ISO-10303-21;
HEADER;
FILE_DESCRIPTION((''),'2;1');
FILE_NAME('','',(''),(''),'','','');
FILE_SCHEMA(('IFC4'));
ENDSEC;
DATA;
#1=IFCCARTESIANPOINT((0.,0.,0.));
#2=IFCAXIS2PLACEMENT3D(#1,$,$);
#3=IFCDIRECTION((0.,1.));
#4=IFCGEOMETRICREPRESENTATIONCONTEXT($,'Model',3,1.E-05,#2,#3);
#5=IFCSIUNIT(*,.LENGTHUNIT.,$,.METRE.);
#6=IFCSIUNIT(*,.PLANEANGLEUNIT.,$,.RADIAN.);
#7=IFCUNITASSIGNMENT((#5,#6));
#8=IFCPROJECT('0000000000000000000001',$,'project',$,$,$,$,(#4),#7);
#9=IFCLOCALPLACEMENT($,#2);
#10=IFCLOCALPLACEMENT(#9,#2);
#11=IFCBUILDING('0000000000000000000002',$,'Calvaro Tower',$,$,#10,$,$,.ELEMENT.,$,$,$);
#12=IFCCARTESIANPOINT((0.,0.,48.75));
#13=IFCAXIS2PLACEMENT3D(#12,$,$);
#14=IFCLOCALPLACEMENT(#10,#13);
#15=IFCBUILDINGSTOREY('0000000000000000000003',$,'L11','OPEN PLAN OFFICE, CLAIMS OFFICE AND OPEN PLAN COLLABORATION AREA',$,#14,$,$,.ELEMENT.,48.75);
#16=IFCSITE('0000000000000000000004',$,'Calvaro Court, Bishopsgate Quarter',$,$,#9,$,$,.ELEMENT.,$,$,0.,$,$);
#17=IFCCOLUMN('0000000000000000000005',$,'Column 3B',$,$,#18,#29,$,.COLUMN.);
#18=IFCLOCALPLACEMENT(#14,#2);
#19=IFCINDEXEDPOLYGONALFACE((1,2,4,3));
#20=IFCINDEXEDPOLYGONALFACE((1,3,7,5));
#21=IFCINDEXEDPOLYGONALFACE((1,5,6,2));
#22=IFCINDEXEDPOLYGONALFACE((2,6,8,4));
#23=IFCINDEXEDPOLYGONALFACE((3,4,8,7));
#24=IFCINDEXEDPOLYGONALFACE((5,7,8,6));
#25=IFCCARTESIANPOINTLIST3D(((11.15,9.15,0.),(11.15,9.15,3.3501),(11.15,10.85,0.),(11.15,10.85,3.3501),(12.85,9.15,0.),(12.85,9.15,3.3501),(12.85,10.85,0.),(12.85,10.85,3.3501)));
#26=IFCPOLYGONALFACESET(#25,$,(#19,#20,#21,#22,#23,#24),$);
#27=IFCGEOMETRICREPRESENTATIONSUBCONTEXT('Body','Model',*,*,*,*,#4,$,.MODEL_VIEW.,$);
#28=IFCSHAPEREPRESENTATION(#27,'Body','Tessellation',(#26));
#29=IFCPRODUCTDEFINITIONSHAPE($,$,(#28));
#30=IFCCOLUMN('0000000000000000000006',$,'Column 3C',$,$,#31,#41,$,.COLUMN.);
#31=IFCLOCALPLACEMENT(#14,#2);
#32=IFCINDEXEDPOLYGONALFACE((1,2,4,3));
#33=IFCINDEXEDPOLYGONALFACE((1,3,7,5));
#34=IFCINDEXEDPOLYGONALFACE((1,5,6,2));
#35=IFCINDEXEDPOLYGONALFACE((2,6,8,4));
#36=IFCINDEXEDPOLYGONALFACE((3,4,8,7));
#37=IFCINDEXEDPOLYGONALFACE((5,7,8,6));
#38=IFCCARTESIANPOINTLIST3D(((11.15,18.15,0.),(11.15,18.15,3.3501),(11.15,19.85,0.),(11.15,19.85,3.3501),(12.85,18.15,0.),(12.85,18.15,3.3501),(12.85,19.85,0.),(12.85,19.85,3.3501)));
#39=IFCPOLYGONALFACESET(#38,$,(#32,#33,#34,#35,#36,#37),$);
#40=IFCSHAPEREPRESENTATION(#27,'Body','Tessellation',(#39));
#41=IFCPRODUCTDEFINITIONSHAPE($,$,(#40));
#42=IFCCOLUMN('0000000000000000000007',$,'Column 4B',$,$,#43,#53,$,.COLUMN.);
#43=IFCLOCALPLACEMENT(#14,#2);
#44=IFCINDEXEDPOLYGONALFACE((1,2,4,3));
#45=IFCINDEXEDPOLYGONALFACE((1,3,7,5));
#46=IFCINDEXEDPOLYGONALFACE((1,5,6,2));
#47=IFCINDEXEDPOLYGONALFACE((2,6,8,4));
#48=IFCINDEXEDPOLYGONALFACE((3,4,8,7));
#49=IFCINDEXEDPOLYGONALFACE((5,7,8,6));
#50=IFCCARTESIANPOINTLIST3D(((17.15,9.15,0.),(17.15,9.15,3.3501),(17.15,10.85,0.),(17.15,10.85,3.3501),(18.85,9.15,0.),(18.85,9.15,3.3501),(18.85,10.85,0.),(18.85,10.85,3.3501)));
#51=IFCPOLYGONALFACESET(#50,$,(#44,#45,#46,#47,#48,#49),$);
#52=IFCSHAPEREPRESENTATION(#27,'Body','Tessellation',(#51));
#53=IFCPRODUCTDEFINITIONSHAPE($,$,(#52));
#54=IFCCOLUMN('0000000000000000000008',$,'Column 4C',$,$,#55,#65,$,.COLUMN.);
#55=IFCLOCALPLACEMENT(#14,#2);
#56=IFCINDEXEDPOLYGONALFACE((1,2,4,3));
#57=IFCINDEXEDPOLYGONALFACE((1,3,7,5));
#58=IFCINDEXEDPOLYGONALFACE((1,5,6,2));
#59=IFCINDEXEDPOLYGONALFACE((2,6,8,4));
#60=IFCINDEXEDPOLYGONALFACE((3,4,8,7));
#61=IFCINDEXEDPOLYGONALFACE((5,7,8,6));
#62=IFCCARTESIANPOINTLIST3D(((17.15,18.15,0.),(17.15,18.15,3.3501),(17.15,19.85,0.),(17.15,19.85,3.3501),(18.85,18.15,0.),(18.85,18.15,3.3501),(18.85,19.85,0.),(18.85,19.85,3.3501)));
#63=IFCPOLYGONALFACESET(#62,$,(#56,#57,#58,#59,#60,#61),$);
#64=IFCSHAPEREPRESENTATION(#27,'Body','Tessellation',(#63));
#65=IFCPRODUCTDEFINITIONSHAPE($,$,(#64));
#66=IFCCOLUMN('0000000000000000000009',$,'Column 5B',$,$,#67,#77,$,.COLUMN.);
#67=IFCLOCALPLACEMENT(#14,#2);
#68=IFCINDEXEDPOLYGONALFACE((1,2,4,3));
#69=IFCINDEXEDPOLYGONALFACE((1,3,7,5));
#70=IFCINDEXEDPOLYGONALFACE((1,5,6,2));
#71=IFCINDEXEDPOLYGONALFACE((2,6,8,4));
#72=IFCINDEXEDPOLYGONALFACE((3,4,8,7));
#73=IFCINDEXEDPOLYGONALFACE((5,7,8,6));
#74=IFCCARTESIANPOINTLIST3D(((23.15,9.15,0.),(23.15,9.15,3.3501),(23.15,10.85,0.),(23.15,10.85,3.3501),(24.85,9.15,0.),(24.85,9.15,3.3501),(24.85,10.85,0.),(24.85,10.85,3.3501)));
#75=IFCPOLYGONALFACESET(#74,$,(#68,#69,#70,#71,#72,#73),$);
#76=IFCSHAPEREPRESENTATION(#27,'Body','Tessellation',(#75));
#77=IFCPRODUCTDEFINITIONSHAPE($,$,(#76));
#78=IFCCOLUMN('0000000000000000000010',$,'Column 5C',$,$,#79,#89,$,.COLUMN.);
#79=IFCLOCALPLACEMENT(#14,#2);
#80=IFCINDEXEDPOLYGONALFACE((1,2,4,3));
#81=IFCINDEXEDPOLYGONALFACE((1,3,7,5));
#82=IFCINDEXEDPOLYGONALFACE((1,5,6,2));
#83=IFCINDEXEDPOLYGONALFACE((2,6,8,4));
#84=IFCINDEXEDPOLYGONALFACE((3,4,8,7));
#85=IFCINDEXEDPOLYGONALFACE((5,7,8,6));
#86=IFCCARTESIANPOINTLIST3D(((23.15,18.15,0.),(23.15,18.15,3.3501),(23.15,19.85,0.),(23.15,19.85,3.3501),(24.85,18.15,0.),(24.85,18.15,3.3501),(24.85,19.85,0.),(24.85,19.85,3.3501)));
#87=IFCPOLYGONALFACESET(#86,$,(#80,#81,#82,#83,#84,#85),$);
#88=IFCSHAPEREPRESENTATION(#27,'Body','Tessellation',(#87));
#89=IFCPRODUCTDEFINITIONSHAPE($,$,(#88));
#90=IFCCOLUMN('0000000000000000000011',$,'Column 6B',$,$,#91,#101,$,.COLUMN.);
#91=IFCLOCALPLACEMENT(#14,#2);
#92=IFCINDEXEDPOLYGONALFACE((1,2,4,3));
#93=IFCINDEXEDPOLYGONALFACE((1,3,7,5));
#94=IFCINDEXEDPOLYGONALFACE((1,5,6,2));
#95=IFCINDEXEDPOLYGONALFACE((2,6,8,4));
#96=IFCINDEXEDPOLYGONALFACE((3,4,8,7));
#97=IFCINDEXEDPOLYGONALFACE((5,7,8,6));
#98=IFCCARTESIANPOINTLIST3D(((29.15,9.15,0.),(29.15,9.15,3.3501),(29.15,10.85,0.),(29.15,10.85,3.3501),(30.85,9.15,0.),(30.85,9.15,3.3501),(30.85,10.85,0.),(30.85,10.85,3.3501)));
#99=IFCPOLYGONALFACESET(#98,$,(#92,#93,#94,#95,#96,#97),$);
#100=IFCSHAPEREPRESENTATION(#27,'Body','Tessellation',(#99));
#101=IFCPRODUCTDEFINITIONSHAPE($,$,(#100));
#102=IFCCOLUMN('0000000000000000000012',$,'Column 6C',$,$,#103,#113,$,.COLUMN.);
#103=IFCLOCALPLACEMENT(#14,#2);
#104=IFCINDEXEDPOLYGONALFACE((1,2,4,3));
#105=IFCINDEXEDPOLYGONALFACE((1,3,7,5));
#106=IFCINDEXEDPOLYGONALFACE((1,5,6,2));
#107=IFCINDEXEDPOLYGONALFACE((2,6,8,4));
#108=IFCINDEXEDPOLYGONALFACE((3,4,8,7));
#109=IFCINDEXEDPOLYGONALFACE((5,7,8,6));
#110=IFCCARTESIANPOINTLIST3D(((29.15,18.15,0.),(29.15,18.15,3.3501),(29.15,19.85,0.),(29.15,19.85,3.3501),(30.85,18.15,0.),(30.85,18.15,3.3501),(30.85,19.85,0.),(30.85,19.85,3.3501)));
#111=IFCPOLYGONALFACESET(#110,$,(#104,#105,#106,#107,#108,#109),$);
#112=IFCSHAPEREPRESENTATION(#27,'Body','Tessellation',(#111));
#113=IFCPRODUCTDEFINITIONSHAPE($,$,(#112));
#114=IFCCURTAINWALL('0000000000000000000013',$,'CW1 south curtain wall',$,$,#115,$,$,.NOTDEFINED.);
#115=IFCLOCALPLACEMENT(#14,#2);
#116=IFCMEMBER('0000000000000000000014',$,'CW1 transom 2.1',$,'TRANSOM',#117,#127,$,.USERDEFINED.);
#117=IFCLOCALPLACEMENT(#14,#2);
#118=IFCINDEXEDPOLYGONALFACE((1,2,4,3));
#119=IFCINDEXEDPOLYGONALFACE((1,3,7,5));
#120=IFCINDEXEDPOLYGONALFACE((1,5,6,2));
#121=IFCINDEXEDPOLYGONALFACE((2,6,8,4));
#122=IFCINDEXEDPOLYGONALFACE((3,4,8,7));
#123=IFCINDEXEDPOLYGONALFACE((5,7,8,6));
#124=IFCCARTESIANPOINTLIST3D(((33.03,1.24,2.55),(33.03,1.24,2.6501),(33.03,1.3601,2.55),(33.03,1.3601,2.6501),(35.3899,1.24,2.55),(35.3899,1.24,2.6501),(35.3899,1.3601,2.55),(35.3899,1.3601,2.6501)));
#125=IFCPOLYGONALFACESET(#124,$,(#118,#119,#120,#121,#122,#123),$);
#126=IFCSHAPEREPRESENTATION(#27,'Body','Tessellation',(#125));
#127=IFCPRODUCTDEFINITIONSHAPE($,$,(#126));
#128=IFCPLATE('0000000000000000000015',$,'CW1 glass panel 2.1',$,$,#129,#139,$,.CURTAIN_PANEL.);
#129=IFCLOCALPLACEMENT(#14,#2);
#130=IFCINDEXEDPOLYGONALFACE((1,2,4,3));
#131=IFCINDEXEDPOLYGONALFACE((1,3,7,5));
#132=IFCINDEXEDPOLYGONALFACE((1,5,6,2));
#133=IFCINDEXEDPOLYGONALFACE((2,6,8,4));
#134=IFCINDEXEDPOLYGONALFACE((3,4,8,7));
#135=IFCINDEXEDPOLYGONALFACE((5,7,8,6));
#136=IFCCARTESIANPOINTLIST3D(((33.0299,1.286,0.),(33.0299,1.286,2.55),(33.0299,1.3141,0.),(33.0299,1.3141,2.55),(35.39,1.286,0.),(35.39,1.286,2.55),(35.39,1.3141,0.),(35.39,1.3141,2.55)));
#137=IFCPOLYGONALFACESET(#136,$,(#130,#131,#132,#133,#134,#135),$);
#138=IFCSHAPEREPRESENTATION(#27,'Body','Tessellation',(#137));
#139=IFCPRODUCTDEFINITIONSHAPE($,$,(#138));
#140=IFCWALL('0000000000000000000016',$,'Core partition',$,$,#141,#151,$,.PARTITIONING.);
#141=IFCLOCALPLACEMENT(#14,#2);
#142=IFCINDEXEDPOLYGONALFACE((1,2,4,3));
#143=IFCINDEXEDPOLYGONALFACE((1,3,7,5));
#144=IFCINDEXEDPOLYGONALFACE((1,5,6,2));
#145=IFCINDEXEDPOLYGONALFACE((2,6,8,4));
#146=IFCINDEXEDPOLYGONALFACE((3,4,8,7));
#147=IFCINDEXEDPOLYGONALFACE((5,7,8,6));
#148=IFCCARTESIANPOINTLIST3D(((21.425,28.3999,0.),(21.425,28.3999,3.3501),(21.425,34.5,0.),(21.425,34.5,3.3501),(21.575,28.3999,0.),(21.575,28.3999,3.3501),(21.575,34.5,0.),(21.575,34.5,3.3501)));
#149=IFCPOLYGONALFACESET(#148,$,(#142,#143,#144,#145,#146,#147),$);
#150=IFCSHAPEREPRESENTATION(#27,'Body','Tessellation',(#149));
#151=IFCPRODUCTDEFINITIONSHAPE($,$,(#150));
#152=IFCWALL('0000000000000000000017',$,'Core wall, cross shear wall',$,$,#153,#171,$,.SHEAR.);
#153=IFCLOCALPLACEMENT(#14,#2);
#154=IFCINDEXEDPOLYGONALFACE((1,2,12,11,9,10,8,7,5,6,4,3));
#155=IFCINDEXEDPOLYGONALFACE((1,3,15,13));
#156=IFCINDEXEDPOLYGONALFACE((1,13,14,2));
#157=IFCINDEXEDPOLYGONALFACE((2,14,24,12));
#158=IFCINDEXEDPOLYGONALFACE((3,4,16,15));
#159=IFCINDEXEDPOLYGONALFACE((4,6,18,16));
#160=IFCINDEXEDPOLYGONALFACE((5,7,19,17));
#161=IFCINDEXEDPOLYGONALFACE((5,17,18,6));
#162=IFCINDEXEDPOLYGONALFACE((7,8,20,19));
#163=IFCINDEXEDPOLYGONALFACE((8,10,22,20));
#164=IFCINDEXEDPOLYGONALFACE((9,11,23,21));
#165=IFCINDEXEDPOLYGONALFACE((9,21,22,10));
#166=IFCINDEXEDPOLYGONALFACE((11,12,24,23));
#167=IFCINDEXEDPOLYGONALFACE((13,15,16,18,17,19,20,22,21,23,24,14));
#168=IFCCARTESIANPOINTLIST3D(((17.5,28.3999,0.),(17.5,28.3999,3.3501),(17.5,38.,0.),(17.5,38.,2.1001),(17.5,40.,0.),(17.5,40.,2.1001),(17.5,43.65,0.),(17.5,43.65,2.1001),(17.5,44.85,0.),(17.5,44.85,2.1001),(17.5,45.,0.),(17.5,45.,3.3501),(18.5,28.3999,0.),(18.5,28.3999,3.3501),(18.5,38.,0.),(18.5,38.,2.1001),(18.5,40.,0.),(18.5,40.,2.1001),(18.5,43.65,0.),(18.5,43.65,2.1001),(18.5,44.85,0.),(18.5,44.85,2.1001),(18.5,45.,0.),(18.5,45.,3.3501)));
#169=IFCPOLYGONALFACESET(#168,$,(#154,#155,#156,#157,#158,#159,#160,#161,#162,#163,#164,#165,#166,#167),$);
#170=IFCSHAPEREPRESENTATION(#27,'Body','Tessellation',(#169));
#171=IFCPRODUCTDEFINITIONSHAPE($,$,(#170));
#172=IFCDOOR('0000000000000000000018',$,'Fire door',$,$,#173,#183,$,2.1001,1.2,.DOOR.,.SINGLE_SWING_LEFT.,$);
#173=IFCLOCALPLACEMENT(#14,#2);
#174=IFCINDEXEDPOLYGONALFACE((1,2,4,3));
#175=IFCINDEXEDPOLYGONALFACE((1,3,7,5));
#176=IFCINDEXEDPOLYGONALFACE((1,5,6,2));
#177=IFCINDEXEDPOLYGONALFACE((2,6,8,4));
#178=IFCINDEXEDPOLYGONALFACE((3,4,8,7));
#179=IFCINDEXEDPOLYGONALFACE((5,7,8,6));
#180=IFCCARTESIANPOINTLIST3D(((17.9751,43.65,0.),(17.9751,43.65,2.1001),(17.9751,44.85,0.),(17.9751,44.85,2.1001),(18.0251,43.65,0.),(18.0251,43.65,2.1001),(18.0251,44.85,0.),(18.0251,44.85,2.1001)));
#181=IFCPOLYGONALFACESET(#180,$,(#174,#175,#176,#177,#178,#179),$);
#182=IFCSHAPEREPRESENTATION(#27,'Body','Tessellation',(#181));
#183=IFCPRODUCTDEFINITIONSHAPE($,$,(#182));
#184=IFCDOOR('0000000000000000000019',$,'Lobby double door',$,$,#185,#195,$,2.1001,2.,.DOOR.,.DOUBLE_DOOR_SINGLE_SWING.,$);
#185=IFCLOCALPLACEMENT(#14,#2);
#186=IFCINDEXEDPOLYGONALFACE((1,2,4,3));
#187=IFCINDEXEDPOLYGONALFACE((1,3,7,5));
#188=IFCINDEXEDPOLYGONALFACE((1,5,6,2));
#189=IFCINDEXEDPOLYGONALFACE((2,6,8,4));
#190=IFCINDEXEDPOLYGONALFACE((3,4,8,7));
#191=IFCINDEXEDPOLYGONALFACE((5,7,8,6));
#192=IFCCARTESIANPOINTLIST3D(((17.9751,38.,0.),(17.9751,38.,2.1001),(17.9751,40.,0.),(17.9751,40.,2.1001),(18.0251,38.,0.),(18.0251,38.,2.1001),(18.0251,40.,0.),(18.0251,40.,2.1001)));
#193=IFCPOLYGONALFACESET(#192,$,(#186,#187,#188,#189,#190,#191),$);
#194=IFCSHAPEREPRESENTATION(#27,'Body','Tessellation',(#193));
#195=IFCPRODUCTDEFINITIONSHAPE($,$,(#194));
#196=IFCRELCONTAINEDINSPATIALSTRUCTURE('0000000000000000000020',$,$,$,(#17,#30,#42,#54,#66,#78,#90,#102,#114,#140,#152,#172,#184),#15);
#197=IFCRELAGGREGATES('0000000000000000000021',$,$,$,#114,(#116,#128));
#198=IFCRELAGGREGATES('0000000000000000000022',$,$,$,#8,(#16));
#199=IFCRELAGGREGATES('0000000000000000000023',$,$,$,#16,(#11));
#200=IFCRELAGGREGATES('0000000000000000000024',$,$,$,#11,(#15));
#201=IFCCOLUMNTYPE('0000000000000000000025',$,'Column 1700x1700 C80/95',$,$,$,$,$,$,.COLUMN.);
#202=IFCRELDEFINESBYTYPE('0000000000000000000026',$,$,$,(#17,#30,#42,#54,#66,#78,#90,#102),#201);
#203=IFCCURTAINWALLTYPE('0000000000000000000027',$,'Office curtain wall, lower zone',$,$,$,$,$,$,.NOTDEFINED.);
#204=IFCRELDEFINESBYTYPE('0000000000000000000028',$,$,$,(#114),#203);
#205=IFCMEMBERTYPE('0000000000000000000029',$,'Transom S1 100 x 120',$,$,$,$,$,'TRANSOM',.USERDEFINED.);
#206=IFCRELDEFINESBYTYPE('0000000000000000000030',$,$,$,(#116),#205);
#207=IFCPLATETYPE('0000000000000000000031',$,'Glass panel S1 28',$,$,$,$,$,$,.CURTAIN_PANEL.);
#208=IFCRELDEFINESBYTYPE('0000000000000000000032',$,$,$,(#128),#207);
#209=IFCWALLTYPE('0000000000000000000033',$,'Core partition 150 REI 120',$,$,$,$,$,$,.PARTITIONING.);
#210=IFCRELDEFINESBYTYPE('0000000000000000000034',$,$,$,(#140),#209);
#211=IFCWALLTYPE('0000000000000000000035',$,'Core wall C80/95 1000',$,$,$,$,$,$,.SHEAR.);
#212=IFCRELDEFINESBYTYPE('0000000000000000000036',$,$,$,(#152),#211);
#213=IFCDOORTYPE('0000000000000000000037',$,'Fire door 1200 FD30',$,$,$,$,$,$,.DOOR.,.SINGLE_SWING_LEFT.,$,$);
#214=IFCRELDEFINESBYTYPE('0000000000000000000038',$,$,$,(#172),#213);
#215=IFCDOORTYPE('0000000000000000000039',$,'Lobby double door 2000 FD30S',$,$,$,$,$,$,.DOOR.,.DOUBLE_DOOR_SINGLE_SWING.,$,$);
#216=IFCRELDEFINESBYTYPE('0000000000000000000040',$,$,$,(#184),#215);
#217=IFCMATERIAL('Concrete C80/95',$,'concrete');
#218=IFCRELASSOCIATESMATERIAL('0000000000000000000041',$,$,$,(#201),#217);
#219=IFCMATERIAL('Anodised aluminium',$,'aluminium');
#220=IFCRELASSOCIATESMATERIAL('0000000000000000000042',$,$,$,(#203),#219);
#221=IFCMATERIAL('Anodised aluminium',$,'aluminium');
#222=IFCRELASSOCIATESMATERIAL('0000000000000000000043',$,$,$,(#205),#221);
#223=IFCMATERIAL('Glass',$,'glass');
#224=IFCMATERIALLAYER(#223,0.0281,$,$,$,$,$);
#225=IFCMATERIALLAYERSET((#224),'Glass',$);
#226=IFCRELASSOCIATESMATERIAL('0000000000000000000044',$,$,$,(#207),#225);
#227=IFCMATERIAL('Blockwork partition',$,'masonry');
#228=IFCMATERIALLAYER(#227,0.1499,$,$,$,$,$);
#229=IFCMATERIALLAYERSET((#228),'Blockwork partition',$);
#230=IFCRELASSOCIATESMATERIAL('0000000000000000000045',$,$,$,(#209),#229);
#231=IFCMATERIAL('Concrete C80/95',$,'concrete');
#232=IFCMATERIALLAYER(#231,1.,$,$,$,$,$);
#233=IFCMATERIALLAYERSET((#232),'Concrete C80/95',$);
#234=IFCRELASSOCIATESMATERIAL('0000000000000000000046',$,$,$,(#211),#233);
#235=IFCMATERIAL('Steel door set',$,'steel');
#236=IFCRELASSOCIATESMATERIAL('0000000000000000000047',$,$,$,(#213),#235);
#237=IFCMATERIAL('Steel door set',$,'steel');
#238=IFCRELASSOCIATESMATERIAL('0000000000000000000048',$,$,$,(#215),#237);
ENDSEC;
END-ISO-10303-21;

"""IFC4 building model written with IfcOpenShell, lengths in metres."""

from ifc_helpers import new_model, si_unit, direction, frame, frame_2d, origin, origin_2d, place, context, subcontext, project, spatial, rectangle, extrude, material, layer, layer_set, material_profile, profile_set, type_object, element, fill, aggregate, save


model = new_model("IFC4")

# Units and contexts
model_context = context("Model", 3, precision=1e-05, world=origin(), true_north=direction((0.0, 1.0)))
body_context = subcontext(model_context, "Body", "Model", "MODEL_VIEW")
ifc_project = project(units=[si_unit("LENGTHUNIT", "METRE"), si_unit("PLANEANGLEUNIT", "RADIAN")], contexts=[model_context])

# Site, building, storey
site_placement = place(None, origin())
site = spatial("IfcSite", under=ifc_project, at=site_placement, Name="Calvaro Court, Bishopsgate Quarter", CompositionType="ELEMENT", RefElevation=0.0)
building_placement = place(site_placement, origin())
building = spatial("IfcBuilding", under=site, at=building_placement, Name="Calvaro Tower", CompositionType="ELEMENT")
storey_placement = place(building_placement, frame((0.0, 0.0, 48.75)))
storey = spatial("IfcBuildingStorey", under=building, at=storey_placement, Name="L11", Description="OPEN PLAN OFFICE, CLAIMS OFFICE AND OPEN PLAN COLLABORATION AREA", CompositionType="ELEMENT", Elevation=48.75)

# Columns
ifc_material_1 = material(Name="Concrete C80/95", Category="concrete")
ifc_material_profile_1 = material_profile(ifc_material_1, rectangle(XDim=1.7, YDim=1.7, at=origin_2d()), Name="RC 1700x1700")
ifc_profile_set_1 = profile_set([ifc_material_profile_1], Name="Concrete C80/95")
column_type = type_object("IfcColumnType", Name="Column 1700x1700 C80/95", PredefinedType="COLUMN", material=ifc_profile_set_1)
for number, where, z_axis, x_axis, name in (
    (1, (12.0, 10.0, 0.0), (0.0, 0.0, 1.0), (1.0, 0.0, 0.0), "Column 3B"),
    (2, (12.0, 19.0, 0.0), (0.0, 0.0, 1.0), (1.0, 0.0, 0.0), "Column 3C"),
    (3, (18.0, 10.0, 0.0), (0.0, 0.0, 1.0), (1.0, 0.0, 0.0), "Column 4B"),
    (4, (18.0, 19.0, 0.0), (0.0, 0.0, 1.0), (1.0, 0.0, 0.0), "Column 4C"),
    (5, (24.0, 10.0, 0.0), (0.0, 0.0, 1.0), (1.0, 0.0, 0.0), "Column 5B"),
    (6, (24.0, 19.0, 0.0), (0.0, 0.0, 1.0), (1.0, 0.0, 0.0), "Column 5C"),
    (7, (30.0, 10.0, 0.0), (0.0, 0.0, 1.0), (1.0, 0.0, 0.0), "Column 6B"),
    (8, (30.0, 19.0, 0.0), (0.0, 0.0, 1.0), (1.0, 0.0, 0.0), "Column 6C"),
):
    element("IfcColumn", number, at=place(storey_placement, frame(where, z_axis=z_axis, x_axis=x_axis)), inside=storey, type_object=column_type, Name=name, PredefinedType="COLUMN", context=body_context, shape_type="SweptSolid", body=[
        extrude(rectangle(XDim=1.7, YDim=1.7, at=origin_2d()), origin(), (0.0, 0.0, 1.0), 3.3501),
    ])

# Curtain wall, member, plate
ifc_material_2 = material(Name="Anodised aluminium", Category="aluminium")
curtain_wall_type = type_object("IfcCurtainWallType", Name="Office curtain wall, lower zone", PredefinedType="NOTDEFINED", material=ifc_material_2)
curtain_wall_placement = place(storey_placement, origin())
curtain_wall = element("IfcCurtainWall", 9, at=curtain_wall_placement, inside=storey, type_object=curtain_wall_type, Name="CW1 south curtain wall", PredefinedType="NOTDEFINED")
ifc_material_3 = material(Name="Anodised aluminium", Category="aluminium")
ifc_material_profile_2 = material_profile(ifc_material_3, rectangle(XDim=0.1201, YDim=0.1001, at=origin_2d()), Name="Transom S1 100 x 120")
ifc_profile_set_2 = profile_set([ifc_material_profile_2], Name="Anodised aluminium")
member_type = type_object("IfcMemberType", Name="Transom S1 100 x 120", ElementType="TRANSOM", PredefinedType="USERDEFINED", material=ifc_profile_set_2)
member_placement = place(storey_placement, frame((33.03, 1.3, 2.6001), z_axis=(1.0, 0.0, 0.0), x_axis=(0.0, 1.0, 0.0)))
member = element("IfcMember", 10, at=member_placement, type_object=member_type, Name="CW1 transom 2.1", ObjectType="TRANSOM", PredefinedType="USERDEFINED", context=body_context, shape_type="SweptSolid", body=[
    extrude(rectangle(XDim=0.1201, YDim=0.1001, at=origin_2d()), origin(), (0.0, 0.0, 1.0), 2.3599),
])
ifc_material_4 = material(Name="Glass", Category="glass")
ifc_layer_1 = layer(ifc_material_4, 0.0281)
ifc_layer_set_1 = layer_set([ifc_layer_1], Name="Glass")
plate_type = type_object("IfcPlateType", Name="Glass panel S1 28", PredefinedType="CURTAIN_PANEL", material=ifc_layer_set_1)
plate_placement = place(storey_placement, frame((34.21, 1.3, 0.0), z_axis=(0.0, 0.0, 1.0), x_axis=(1.0, 0.0, 0.0)))
plate = element("IfcPlate", 11, at=plate_placement, type_object=plate_type, Name="CW1 glass panel 2.1", PredefinedType="CURTAIN_PANEL", context=body_context, shape_type="SweptSolid", body=[
    extrude(rectangle(XDim=2.3601, YDim=0.0281, at=origin_2d()), origin(), (0.0, 0.0, 1.0), 2.55),
])
aggregate(curtain_wall, [member, plate])

# Wall
ifc_material_5 = material(Name="Blockwork partition", Category="masonry")
ifc_layer_2 = layer(ifc_material_5, 0.1499)
ifc_layer_set_2 = layer_set([ifc_layer_2], Name="Blockwork partition")
wall_type_1 = type_object("IfcWallType", Name="Core partition 150 REI 120", PredefinedType="PARTITIONING", material=ifc_layer_set_2)
wall_1_placement = place(storey_placement, frame((21.5, 28.3999, 0.0), z_axis=(0.0, 0.0, 1.0), x_axis=(0.0, 1.0, 0.0)))
element("IfcWall", 12, at=wall_1_placement, inside=storey, type_object=wall_type_1, Name="Core partition", PredefinedType="PARTITIONING", context=body_context, shape_type="SweptSolid", body=[
    extrude(rectangle(XDim=6.1001, YDim=0.1499, at=frame_2d((3.05, 0.0))), origin(), (0.0, 0.0, 1.0), 3.3501),
])

# Wall, openings, doors
ifc_material_6 = material(Name="Concrete C80/95", Category="concrete")
ifc_layer_3 = layer(ifc_material_6, 1.0)
ifc_layer_set_3 = layer_set([ifc_layer_3], Name="Concrete C80/95")
wall_type_2 = type_object("IfcWallType", Name="Core wall C80/95 1000", PredefinedType="SHEAR", material=ifc_layer_set_3)
wall_2_placement = place(storey_placement, frame((18.0, 28.3999, 0.0), z_axis=(0.0, 0.0, 1.0), x_axis=(0.0, 1.0, 0.0)))
wall_2 = element("IfcWall", 13, at=wall_2_placement, inside=storey, type_object=wall_type_2, Name="Core wall, cross shear wall", PredefinedType="SHEAR", context=body_context, shape_type="SweptSolid", body=[
    extrude(rectangle(XDim=16.6001, YDim=1.0, at=frame_2d((8.3, 0.0))), origin(), (0.0, 0.0, 1.0), 3.3501),
])
opening_1_placement = place(wall_2_placement, frame((9.6001, 0.0, 0.0)))
opening_1 = element("IfcOpeningElement", 14, at=opening_1_placement, cuts=wall_2, PredefinedType="OPENING", context=body_context, shape_type="SweptSolid", body=[
    extrude(rectangle(XDim=2.0, YDim=2.1001, at=frame_2d((1.0, 1.05))), frame((0.0, 0.51, 0.0), z_axis=(0.0, -1.0, 0.0), x_axis=(1.0, 0.0, 0.0)), (0.0, 0.0, 1.0), 1.02),
])
opening_2_placement = place(wall_2_placement, frame((15.25, 0.0, 0.0)))
opening_2 = element("IfcOpeningElement", 15, at=opening_2_placement, cuts=wall_2, PredefinedType="OPENING", context=body_context, shape_type="SweptSolid", body=[
    extrude(rectangle(XDim=1.2, YDim=2.1001, at=frame_2d((0.6001, 1.05))), frame((0.0, 0.51, 0.0), z_axis=(0.0, -1.0, 0.0), x_axis=(1.0, 0.0, 0.0)), (0.0, 0.0, 1.0), 1.02),
])
ifc_material_7 = material(Name="Steel door set", Category="steel")
door_type_1 = type_object("IfcDoorType", Name="Fire door 1200 FD30", OperationType="SINGLE_SWING_LEFT", PredefinedType="DOOR", material=ifc_material_7)
door_1_placement = place(opening_2_placement, origin())
door_1 = element("IfcDoor", 16, at=door_1_placement, inside=storey, type_object=door_type_1, Name="Fire door", OperationType="SINGLE_SWING_LEFT", OverallHeight=2.1001, OverallWidth=1.2, PredefinedType="DOOR", context=body_context, shape_type="SweptSolid", body=[
    extrude(rectangle(XDim=1.2, YDim=2.1001, at=frame_2d((0.6001, 1.05))), frame((0.0, 0.0249, 0.0), z_axis=(0.0, -1.0, 0.0), x_axis=(1.0, 0.0, 0.0)), (0.0, 0.0, 1.0), 0.05),
])
fill(opening_2, door_1)
ifc_material_8 = material(Name="Steel door set", Category="steel")
door_type_2 = type_object("IfcDoorType", Name="Lobby double door 2000 FD30S", OperationType="DOUBLE_DOOR_SINGLE_SWING", PredefinedType="DOOR", material=ifc_material_8)
door_2_placement = place(opening_1_placement, origin())
door_2 = element("IfcDoor", 17, at=door_2_placement, inside=storey, type_object=door_type_2, Name="Lobby double door", OperationType="DOUBLE_DOOR_SINGLE_SWING", OverallHeight=2.1001, OverallWidth=2.0, PredefinedType="DOOR", context=body_context, shape_type="SweptSolid", body=[
    extrude(rectangle(XDim=2.0, YDim=2.1001, at=frame_2d((1.0, 1.05))), frame((0.0, 0.0249, 0.0), z_axis=(0.0, -1.0, 0.0), x_axis=(1.0, 0.0, 0.0)), (0.0, 0.0, 1.0), 0.05),
])
fill(opening_1, door_2)

save(model, "model.ifc")
